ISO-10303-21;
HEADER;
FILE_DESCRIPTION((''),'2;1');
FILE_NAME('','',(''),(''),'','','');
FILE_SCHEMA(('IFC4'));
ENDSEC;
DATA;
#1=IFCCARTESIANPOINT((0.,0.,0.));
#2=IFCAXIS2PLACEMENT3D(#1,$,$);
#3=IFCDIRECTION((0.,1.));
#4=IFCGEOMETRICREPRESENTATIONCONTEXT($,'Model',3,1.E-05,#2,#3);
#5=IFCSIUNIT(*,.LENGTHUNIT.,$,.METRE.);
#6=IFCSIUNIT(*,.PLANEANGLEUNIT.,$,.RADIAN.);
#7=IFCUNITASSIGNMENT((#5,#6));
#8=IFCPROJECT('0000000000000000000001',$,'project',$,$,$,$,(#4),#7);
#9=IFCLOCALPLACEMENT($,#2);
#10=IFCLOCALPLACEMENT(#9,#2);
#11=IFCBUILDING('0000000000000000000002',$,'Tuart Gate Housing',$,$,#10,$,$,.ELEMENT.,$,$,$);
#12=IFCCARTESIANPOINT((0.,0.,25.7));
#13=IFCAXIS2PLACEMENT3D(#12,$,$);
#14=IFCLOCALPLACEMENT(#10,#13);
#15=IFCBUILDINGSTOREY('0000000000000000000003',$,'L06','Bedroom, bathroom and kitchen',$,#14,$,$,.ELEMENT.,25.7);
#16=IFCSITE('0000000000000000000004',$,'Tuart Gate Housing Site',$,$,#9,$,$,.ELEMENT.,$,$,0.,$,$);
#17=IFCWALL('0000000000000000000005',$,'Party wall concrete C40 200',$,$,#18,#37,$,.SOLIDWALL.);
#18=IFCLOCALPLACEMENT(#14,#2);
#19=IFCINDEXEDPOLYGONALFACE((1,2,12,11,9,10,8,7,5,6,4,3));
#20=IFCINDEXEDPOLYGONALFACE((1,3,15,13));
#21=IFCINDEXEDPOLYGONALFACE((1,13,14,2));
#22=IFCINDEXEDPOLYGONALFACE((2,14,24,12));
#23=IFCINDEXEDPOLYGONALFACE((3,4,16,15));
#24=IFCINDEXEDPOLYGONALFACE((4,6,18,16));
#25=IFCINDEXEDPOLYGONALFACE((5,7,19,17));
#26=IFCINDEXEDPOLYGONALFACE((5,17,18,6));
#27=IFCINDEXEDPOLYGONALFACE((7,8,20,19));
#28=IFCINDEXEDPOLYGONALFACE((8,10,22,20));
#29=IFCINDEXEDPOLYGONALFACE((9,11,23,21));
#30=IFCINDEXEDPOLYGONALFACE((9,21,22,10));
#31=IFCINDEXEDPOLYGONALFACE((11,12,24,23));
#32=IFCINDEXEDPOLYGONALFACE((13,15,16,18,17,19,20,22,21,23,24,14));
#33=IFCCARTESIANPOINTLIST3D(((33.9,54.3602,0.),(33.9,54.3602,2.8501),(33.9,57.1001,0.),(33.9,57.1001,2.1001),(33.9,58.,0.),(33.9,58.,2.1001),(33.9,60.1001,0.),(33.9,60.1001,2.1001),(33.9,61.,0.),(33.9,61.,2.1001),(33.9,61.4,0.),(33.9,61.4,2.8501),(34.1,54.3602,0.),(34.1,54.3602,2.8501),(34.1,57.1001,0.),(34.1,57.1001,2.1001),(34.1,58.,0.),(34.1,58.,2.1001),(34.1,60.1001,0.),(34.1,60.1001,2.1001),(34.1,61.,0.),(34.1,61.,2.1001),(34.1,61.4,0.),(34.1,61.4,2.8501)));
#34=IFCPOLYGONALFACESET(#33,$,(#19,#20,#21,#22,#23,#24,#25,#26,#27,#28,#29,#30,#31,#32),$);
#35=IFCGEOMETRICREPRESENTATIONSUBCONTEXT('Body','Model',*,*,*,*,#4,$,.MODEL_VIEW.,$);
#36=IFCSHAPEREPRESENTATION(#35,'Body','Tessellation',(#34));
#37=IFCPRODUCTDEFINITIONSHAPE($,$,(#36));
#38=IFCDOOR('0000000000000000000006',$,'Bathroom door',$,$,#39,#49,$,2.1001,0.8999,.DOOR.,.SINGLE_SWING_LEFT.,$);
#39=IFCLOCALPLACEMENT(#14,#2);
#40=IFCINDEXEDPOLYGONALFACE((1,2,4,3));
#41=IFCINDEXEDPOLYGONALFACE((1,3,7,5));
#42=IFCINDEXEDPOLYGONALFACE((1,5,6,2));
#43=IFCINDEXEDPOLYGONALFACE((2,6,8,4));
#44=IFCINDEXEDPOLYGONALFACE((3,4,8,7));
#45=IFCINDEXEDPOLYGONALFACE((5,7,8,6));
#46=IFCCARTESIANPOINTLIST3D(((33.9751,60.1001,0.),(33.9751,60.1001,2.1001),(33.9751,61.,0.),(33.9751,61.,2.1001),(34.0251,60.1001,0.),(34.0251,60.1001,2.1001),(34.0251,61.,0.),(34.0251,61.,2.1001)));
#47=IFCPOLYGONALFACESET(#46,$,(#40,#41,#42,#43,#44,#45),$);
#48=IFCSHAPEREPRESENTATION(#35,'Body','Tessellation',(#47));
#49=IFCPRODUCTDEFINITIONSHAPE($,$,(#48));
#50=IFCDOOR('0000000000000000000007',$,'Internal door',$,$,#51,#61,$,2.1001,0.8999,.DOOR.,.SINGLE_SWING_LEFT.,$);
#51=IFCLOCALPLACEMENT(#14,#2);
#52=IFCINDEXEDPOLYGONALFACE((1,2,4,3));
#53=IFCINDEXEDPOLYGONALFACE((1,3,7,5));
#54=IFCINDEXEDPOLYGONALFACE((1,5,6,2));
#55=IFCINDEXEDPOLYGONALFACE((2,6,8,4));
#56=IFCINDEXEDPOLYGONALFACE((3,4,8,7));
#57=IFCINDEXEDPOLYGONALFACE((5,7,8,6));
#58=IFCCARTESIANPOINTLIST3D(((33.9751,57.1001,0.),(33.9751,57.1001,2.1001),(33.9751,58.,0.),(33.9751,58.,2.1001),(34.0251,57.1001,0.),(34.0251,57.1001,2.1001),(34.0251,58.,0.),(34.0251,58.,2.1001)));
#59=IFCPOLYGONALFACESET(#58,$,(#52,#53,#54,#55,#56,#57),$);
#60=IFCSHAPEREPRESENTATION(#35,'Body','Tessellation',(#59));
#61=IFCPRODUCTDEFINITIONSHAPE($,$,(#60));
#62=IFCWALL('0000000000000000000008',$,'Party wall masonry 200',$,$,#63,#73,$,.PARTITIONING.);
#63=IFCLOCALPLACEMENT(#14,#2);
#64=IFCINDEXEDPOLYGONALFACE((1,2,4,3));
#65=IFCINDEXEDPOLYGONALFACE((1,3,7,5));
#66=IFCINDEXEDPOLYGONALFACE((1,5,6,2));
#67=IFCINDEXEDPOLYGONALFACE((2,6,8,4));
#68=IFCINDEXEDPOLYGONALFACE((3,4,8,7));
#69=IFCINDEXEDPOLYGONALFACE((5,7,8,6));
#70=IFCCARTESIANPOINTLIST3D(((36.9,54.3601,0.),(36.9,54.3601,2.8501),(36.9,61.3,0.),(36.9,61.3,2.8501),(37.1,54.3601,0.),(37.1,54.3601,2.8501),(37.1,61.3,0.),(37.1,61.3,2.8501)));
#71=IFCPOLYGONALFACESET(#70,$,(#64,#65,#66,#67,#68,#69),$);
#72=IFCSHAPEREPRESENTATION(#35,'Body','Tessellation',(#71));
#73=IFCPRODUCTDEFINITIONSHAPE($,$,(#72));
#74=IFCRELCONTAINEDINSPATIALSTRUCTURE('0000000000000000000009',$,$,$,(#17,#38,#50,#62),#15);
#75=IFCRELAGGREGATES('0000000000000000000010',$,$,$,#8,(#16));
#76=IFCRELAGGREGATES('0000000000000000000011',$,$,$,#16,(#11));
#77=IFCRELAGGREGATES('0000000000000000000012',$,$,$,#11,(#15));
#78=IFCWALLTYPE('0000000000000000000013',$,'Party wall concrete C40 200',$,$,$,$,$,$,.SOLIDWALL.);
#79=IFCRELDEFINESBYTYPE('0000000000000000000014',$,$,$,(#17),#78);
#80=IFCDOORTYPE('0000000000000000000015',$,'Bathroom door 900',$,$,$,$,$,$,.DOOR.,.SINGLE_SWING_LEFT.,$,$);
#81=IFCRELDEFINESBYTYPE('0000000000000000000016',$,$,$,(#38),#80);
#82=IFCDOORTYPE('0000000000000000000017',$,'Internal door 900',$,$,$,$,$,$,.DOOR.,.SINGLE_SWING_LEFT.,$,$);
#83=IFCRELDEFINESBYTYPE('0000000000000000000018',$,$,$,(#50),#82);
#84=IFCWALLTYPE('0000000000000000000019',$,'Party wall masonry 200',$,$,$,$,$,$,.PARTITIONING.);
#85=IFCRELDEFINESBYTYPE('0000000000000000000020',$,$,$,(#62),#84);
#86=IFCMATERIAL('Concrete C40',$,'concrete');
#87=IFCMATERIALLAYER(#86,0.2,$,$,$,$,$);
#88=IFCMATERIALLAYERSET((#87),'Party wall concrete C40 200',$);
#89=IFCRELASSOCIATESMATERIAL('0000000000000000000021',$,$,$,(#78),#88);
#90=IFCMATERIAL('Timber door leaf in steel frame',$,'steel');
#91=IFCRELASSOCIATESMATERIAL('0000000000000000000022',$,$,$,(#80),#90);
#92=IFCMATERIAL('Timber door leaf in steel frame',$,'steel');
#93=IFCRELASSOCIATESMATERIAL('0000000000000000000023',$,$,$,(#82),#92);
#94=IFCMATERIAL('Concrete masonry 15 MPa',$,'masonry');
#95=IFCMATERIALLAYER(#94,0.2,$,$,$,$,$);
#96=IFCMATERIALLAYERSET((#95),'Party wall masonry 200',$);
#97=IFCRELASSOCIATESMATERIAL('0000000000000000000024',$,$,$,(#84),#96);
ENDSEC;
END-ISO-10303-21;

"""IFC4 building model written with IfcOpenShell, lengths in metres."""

from ifc_helpers import new_model, si_unit, direction, frame, frame_2d, origin, place, context, subcontext, project, spatial, rectangle, extrude, material, layer, layer_set, type_object, element, fill, save


model = new_model("IFC4")

# Units and contexts
model_context = context("Model", 3, precision=1e-05, world=origin(), true_north=direction((0.0, 1.0)))
body_context = subcontext(model_context, "Body", "Model", "MODEL_VIEW")
ifc_project = project(units=[si_unit("LENGTHUNIT", "METRE"), si_unit("PLANEANGLEUNIT", "RADIAN")], contexts=[model_context])

# Site, building, storey
site_placement = place(None, origin())
site = spatial("IfcSite", under=ifc_project, at=site_placement, Name="Tuart Gate Housing Site", CompositionType="ELEMENT", RefElevation=0.0)
building_placement = place(site_placement, origin())
building = spatial("IfcBuilding", under=site, at=building_placement, Name="Tuart Gate Housing", CompositionType="ELEMENT")
storey_placement = place(building_placement, frame((0.0, 0.0, 25.7)))
storey = spatial("IfcBuildingStorey", under=building, at=storey_placement, Name="L06", Description="Bedroom, bathroom and kitchen", CompositionType="ELEMENT", Elevation=25.7)

# Wall, openings, doors
ifc_material_1 = material(Name="Concrete C40", Category="concrete")
ifc_layer_1 = layer(ifc_material_1, 0.2)
ifc_layer_set_1 = layer_set([ifc_layer_1], Name="Party wall concrete C40 200")
wall_type_1 = type_object("IfcWallType", Name="Party wall concrete C40 200", PredefinedType="SOLIDWALL", material=ifc_layer_set_1)
wall_1_placement = place(storey_placement, frame((34.0, 54.3601, 0.0), z_axis=(0.0, 0.0, 1.0), x_axis=(0.0, 1.0, 0.0)))
wall_1 = element("IfcWall", 1, at=wall_1_placement, inside=storey, type_object=wall_type_1, Name="Party wall concrete C40 200", PredefinedType="SOLIDWALL", context=body_context, shape_type="SweptSolid", body=[
    extrude(rectangle(XDim=7.0398, YDim=0.2, at=frame_2d((3.52, 0.0))), origin(), (0.0, 0.0, 1.0), 2.8501),
])
opening_1_placement = place(wall_1_placement, frame((2.74, 0.0, 0.0)))
opening_1 = element("IfcOpeningElement", 2, at=opening_1_placement, cuts=wall_1, PredefinedType="OPENING", context=body_context, shape_type="SweptSolid", body=[
    extrude(rectangle(XDim=0.8999, YDim=2.1001, at=frame_2d((0.45, 1.05))), frame((0.0, 0.1099, 0.0), z_axis=(0.0, -1.0, 0.0), x_axis=(1.0, 0.0, 0.0)), (0.0, 0.0, 1.0), 0.22),
])
opening_2_placement = place(wall_1_placement, frame((5.74, 0.0, 0.0)))
opening_2 = element("IfcOpeningElement", 3, at=opening_2_placement, cuts=wall_1, PredefinedType="OPENING", context=body_context, shape_type="SweptSolid", body=[
    extrude(rectangle(XDim=0.8999, YDim=2.1001, at=frame_2d((0.45, 1.05))), frame((0.0, 0.1099, 0.0), z_axis=(0.0, -1.0, 0.0), x_axis=(1.0, 0.0, 0.0)), (0.0, 0.0, 1.0), 0.22),
])
ifc_material_2 = material(Name="Timber door leaf in steel frame", Category="steel")
door_type_1 = type_object("IfcDoorType", Name="Bathroom door 900", OperationType="SINGLE_SWING_LEFT", PredefinedType="DOOR", material=ifc_material_2)
door_1_placement = place(opening_2_placement, frame((0.8999, 0.0, 0.0), z_axis=(0.0, 0.0, 1.0), x_axis=(-1.0, 0.0, 0.0)))
door_1 = element("IfcDoor", 4, at=door_1_placement, inside=storey, type_object=door_type_1, Name="Bathroom door", OperationType="SINGLE_SWING_LEFT", OverallHeight=2.1001, OverallWidth=0.8999, PredefinedType="DOOR", context=body_context, shape_type="SweptSolid", body=[
    extrude(rectangle(XDim=0.8999, YDim=2.1001, at=frame_2d((0.45, 1.05))), frame((0.0, 0.0251, 0.0), z_axis=(0.0, -1.0, 0.0), x_axis=(1.0, 0.0, 0.0)), (0.0, 0.0, 1.0), 0.05),
])
fill(opening_2, door_1)
ifc_material_3 = material(Name="Timber door leaf in steel frame", Category="steel")
door_type_2 = type_object("IfcDoorType", Name="Internal door 900", OperationType="SINGLE_SWING_LEFT", PredefinedType="DOOR", material=ifc_material_3)
door_2_placement = place(opening_1_placement, frame((0.8999, 0.0, 0.0), z_axis=(0.0, 0.0, 1.0), x_axis=(-1.0, 0.0, 0.0)))
door_2 = element("IfcDoor", 5, at=door_2_placement, inside=storey, type_object=door_type_2, Name="Internal door", OperationType="SINGLE_SWING_LEFT", OverallHeight=2.1001, OverallWidth=0.8999, PredefinedType="DOOR", context=body_context, shape_type="SweptSolid", body=[
    extrude(rectangle(XDim=0.8999, YDim=2.1001, at=frame_2d((0.45, 1.05))), frame((0.0, 0.0251, 0.0), z_axis=(0.0, -1.0, 0.0), x_axis=(1.0, 0.0, 0.0)), (0.0, 0.0, 1.0), 0.05),
])
fill(opening_1, door_2)

# Wall
ifc_material_4 = material(Name="Concrete masonry 15 MPa", Category="masonry")
ifc_layer_2 = layer(ifc_material_4, 0.2)
ifc_layer_set_2 = layer_set([ifc_layer_2], Name="Party wall masonry 200")
wall_type_2 = type_object("IfcWallType", Name="Party wall masonry 200", PredefinedType="PARTITIONING", material=ifc_layer_set_2)
wall_2_placement = place(storey_placement, frame((37.0, 54.3601, 0.0), z_axis=(0.0, 0.0, 1.0), x_axis=(0.0, 1.0, 0.0)))
element("IfcWall", 6, at=wall_2_placement, inside=storey, type_object=wall_type_2, Name="Party wall masonry 200", PredefinedType="PARTITIONING", context=body_context, shape_type="SweptSolid", body=[
    extrude(rectangle(XDim=6.9399, YDim=0.2, at=frame_2d((3.47, 0.0))), origin(), (0.0, 0.0, 1.0), 2.8501),
])

save(model, "model.ifc")
